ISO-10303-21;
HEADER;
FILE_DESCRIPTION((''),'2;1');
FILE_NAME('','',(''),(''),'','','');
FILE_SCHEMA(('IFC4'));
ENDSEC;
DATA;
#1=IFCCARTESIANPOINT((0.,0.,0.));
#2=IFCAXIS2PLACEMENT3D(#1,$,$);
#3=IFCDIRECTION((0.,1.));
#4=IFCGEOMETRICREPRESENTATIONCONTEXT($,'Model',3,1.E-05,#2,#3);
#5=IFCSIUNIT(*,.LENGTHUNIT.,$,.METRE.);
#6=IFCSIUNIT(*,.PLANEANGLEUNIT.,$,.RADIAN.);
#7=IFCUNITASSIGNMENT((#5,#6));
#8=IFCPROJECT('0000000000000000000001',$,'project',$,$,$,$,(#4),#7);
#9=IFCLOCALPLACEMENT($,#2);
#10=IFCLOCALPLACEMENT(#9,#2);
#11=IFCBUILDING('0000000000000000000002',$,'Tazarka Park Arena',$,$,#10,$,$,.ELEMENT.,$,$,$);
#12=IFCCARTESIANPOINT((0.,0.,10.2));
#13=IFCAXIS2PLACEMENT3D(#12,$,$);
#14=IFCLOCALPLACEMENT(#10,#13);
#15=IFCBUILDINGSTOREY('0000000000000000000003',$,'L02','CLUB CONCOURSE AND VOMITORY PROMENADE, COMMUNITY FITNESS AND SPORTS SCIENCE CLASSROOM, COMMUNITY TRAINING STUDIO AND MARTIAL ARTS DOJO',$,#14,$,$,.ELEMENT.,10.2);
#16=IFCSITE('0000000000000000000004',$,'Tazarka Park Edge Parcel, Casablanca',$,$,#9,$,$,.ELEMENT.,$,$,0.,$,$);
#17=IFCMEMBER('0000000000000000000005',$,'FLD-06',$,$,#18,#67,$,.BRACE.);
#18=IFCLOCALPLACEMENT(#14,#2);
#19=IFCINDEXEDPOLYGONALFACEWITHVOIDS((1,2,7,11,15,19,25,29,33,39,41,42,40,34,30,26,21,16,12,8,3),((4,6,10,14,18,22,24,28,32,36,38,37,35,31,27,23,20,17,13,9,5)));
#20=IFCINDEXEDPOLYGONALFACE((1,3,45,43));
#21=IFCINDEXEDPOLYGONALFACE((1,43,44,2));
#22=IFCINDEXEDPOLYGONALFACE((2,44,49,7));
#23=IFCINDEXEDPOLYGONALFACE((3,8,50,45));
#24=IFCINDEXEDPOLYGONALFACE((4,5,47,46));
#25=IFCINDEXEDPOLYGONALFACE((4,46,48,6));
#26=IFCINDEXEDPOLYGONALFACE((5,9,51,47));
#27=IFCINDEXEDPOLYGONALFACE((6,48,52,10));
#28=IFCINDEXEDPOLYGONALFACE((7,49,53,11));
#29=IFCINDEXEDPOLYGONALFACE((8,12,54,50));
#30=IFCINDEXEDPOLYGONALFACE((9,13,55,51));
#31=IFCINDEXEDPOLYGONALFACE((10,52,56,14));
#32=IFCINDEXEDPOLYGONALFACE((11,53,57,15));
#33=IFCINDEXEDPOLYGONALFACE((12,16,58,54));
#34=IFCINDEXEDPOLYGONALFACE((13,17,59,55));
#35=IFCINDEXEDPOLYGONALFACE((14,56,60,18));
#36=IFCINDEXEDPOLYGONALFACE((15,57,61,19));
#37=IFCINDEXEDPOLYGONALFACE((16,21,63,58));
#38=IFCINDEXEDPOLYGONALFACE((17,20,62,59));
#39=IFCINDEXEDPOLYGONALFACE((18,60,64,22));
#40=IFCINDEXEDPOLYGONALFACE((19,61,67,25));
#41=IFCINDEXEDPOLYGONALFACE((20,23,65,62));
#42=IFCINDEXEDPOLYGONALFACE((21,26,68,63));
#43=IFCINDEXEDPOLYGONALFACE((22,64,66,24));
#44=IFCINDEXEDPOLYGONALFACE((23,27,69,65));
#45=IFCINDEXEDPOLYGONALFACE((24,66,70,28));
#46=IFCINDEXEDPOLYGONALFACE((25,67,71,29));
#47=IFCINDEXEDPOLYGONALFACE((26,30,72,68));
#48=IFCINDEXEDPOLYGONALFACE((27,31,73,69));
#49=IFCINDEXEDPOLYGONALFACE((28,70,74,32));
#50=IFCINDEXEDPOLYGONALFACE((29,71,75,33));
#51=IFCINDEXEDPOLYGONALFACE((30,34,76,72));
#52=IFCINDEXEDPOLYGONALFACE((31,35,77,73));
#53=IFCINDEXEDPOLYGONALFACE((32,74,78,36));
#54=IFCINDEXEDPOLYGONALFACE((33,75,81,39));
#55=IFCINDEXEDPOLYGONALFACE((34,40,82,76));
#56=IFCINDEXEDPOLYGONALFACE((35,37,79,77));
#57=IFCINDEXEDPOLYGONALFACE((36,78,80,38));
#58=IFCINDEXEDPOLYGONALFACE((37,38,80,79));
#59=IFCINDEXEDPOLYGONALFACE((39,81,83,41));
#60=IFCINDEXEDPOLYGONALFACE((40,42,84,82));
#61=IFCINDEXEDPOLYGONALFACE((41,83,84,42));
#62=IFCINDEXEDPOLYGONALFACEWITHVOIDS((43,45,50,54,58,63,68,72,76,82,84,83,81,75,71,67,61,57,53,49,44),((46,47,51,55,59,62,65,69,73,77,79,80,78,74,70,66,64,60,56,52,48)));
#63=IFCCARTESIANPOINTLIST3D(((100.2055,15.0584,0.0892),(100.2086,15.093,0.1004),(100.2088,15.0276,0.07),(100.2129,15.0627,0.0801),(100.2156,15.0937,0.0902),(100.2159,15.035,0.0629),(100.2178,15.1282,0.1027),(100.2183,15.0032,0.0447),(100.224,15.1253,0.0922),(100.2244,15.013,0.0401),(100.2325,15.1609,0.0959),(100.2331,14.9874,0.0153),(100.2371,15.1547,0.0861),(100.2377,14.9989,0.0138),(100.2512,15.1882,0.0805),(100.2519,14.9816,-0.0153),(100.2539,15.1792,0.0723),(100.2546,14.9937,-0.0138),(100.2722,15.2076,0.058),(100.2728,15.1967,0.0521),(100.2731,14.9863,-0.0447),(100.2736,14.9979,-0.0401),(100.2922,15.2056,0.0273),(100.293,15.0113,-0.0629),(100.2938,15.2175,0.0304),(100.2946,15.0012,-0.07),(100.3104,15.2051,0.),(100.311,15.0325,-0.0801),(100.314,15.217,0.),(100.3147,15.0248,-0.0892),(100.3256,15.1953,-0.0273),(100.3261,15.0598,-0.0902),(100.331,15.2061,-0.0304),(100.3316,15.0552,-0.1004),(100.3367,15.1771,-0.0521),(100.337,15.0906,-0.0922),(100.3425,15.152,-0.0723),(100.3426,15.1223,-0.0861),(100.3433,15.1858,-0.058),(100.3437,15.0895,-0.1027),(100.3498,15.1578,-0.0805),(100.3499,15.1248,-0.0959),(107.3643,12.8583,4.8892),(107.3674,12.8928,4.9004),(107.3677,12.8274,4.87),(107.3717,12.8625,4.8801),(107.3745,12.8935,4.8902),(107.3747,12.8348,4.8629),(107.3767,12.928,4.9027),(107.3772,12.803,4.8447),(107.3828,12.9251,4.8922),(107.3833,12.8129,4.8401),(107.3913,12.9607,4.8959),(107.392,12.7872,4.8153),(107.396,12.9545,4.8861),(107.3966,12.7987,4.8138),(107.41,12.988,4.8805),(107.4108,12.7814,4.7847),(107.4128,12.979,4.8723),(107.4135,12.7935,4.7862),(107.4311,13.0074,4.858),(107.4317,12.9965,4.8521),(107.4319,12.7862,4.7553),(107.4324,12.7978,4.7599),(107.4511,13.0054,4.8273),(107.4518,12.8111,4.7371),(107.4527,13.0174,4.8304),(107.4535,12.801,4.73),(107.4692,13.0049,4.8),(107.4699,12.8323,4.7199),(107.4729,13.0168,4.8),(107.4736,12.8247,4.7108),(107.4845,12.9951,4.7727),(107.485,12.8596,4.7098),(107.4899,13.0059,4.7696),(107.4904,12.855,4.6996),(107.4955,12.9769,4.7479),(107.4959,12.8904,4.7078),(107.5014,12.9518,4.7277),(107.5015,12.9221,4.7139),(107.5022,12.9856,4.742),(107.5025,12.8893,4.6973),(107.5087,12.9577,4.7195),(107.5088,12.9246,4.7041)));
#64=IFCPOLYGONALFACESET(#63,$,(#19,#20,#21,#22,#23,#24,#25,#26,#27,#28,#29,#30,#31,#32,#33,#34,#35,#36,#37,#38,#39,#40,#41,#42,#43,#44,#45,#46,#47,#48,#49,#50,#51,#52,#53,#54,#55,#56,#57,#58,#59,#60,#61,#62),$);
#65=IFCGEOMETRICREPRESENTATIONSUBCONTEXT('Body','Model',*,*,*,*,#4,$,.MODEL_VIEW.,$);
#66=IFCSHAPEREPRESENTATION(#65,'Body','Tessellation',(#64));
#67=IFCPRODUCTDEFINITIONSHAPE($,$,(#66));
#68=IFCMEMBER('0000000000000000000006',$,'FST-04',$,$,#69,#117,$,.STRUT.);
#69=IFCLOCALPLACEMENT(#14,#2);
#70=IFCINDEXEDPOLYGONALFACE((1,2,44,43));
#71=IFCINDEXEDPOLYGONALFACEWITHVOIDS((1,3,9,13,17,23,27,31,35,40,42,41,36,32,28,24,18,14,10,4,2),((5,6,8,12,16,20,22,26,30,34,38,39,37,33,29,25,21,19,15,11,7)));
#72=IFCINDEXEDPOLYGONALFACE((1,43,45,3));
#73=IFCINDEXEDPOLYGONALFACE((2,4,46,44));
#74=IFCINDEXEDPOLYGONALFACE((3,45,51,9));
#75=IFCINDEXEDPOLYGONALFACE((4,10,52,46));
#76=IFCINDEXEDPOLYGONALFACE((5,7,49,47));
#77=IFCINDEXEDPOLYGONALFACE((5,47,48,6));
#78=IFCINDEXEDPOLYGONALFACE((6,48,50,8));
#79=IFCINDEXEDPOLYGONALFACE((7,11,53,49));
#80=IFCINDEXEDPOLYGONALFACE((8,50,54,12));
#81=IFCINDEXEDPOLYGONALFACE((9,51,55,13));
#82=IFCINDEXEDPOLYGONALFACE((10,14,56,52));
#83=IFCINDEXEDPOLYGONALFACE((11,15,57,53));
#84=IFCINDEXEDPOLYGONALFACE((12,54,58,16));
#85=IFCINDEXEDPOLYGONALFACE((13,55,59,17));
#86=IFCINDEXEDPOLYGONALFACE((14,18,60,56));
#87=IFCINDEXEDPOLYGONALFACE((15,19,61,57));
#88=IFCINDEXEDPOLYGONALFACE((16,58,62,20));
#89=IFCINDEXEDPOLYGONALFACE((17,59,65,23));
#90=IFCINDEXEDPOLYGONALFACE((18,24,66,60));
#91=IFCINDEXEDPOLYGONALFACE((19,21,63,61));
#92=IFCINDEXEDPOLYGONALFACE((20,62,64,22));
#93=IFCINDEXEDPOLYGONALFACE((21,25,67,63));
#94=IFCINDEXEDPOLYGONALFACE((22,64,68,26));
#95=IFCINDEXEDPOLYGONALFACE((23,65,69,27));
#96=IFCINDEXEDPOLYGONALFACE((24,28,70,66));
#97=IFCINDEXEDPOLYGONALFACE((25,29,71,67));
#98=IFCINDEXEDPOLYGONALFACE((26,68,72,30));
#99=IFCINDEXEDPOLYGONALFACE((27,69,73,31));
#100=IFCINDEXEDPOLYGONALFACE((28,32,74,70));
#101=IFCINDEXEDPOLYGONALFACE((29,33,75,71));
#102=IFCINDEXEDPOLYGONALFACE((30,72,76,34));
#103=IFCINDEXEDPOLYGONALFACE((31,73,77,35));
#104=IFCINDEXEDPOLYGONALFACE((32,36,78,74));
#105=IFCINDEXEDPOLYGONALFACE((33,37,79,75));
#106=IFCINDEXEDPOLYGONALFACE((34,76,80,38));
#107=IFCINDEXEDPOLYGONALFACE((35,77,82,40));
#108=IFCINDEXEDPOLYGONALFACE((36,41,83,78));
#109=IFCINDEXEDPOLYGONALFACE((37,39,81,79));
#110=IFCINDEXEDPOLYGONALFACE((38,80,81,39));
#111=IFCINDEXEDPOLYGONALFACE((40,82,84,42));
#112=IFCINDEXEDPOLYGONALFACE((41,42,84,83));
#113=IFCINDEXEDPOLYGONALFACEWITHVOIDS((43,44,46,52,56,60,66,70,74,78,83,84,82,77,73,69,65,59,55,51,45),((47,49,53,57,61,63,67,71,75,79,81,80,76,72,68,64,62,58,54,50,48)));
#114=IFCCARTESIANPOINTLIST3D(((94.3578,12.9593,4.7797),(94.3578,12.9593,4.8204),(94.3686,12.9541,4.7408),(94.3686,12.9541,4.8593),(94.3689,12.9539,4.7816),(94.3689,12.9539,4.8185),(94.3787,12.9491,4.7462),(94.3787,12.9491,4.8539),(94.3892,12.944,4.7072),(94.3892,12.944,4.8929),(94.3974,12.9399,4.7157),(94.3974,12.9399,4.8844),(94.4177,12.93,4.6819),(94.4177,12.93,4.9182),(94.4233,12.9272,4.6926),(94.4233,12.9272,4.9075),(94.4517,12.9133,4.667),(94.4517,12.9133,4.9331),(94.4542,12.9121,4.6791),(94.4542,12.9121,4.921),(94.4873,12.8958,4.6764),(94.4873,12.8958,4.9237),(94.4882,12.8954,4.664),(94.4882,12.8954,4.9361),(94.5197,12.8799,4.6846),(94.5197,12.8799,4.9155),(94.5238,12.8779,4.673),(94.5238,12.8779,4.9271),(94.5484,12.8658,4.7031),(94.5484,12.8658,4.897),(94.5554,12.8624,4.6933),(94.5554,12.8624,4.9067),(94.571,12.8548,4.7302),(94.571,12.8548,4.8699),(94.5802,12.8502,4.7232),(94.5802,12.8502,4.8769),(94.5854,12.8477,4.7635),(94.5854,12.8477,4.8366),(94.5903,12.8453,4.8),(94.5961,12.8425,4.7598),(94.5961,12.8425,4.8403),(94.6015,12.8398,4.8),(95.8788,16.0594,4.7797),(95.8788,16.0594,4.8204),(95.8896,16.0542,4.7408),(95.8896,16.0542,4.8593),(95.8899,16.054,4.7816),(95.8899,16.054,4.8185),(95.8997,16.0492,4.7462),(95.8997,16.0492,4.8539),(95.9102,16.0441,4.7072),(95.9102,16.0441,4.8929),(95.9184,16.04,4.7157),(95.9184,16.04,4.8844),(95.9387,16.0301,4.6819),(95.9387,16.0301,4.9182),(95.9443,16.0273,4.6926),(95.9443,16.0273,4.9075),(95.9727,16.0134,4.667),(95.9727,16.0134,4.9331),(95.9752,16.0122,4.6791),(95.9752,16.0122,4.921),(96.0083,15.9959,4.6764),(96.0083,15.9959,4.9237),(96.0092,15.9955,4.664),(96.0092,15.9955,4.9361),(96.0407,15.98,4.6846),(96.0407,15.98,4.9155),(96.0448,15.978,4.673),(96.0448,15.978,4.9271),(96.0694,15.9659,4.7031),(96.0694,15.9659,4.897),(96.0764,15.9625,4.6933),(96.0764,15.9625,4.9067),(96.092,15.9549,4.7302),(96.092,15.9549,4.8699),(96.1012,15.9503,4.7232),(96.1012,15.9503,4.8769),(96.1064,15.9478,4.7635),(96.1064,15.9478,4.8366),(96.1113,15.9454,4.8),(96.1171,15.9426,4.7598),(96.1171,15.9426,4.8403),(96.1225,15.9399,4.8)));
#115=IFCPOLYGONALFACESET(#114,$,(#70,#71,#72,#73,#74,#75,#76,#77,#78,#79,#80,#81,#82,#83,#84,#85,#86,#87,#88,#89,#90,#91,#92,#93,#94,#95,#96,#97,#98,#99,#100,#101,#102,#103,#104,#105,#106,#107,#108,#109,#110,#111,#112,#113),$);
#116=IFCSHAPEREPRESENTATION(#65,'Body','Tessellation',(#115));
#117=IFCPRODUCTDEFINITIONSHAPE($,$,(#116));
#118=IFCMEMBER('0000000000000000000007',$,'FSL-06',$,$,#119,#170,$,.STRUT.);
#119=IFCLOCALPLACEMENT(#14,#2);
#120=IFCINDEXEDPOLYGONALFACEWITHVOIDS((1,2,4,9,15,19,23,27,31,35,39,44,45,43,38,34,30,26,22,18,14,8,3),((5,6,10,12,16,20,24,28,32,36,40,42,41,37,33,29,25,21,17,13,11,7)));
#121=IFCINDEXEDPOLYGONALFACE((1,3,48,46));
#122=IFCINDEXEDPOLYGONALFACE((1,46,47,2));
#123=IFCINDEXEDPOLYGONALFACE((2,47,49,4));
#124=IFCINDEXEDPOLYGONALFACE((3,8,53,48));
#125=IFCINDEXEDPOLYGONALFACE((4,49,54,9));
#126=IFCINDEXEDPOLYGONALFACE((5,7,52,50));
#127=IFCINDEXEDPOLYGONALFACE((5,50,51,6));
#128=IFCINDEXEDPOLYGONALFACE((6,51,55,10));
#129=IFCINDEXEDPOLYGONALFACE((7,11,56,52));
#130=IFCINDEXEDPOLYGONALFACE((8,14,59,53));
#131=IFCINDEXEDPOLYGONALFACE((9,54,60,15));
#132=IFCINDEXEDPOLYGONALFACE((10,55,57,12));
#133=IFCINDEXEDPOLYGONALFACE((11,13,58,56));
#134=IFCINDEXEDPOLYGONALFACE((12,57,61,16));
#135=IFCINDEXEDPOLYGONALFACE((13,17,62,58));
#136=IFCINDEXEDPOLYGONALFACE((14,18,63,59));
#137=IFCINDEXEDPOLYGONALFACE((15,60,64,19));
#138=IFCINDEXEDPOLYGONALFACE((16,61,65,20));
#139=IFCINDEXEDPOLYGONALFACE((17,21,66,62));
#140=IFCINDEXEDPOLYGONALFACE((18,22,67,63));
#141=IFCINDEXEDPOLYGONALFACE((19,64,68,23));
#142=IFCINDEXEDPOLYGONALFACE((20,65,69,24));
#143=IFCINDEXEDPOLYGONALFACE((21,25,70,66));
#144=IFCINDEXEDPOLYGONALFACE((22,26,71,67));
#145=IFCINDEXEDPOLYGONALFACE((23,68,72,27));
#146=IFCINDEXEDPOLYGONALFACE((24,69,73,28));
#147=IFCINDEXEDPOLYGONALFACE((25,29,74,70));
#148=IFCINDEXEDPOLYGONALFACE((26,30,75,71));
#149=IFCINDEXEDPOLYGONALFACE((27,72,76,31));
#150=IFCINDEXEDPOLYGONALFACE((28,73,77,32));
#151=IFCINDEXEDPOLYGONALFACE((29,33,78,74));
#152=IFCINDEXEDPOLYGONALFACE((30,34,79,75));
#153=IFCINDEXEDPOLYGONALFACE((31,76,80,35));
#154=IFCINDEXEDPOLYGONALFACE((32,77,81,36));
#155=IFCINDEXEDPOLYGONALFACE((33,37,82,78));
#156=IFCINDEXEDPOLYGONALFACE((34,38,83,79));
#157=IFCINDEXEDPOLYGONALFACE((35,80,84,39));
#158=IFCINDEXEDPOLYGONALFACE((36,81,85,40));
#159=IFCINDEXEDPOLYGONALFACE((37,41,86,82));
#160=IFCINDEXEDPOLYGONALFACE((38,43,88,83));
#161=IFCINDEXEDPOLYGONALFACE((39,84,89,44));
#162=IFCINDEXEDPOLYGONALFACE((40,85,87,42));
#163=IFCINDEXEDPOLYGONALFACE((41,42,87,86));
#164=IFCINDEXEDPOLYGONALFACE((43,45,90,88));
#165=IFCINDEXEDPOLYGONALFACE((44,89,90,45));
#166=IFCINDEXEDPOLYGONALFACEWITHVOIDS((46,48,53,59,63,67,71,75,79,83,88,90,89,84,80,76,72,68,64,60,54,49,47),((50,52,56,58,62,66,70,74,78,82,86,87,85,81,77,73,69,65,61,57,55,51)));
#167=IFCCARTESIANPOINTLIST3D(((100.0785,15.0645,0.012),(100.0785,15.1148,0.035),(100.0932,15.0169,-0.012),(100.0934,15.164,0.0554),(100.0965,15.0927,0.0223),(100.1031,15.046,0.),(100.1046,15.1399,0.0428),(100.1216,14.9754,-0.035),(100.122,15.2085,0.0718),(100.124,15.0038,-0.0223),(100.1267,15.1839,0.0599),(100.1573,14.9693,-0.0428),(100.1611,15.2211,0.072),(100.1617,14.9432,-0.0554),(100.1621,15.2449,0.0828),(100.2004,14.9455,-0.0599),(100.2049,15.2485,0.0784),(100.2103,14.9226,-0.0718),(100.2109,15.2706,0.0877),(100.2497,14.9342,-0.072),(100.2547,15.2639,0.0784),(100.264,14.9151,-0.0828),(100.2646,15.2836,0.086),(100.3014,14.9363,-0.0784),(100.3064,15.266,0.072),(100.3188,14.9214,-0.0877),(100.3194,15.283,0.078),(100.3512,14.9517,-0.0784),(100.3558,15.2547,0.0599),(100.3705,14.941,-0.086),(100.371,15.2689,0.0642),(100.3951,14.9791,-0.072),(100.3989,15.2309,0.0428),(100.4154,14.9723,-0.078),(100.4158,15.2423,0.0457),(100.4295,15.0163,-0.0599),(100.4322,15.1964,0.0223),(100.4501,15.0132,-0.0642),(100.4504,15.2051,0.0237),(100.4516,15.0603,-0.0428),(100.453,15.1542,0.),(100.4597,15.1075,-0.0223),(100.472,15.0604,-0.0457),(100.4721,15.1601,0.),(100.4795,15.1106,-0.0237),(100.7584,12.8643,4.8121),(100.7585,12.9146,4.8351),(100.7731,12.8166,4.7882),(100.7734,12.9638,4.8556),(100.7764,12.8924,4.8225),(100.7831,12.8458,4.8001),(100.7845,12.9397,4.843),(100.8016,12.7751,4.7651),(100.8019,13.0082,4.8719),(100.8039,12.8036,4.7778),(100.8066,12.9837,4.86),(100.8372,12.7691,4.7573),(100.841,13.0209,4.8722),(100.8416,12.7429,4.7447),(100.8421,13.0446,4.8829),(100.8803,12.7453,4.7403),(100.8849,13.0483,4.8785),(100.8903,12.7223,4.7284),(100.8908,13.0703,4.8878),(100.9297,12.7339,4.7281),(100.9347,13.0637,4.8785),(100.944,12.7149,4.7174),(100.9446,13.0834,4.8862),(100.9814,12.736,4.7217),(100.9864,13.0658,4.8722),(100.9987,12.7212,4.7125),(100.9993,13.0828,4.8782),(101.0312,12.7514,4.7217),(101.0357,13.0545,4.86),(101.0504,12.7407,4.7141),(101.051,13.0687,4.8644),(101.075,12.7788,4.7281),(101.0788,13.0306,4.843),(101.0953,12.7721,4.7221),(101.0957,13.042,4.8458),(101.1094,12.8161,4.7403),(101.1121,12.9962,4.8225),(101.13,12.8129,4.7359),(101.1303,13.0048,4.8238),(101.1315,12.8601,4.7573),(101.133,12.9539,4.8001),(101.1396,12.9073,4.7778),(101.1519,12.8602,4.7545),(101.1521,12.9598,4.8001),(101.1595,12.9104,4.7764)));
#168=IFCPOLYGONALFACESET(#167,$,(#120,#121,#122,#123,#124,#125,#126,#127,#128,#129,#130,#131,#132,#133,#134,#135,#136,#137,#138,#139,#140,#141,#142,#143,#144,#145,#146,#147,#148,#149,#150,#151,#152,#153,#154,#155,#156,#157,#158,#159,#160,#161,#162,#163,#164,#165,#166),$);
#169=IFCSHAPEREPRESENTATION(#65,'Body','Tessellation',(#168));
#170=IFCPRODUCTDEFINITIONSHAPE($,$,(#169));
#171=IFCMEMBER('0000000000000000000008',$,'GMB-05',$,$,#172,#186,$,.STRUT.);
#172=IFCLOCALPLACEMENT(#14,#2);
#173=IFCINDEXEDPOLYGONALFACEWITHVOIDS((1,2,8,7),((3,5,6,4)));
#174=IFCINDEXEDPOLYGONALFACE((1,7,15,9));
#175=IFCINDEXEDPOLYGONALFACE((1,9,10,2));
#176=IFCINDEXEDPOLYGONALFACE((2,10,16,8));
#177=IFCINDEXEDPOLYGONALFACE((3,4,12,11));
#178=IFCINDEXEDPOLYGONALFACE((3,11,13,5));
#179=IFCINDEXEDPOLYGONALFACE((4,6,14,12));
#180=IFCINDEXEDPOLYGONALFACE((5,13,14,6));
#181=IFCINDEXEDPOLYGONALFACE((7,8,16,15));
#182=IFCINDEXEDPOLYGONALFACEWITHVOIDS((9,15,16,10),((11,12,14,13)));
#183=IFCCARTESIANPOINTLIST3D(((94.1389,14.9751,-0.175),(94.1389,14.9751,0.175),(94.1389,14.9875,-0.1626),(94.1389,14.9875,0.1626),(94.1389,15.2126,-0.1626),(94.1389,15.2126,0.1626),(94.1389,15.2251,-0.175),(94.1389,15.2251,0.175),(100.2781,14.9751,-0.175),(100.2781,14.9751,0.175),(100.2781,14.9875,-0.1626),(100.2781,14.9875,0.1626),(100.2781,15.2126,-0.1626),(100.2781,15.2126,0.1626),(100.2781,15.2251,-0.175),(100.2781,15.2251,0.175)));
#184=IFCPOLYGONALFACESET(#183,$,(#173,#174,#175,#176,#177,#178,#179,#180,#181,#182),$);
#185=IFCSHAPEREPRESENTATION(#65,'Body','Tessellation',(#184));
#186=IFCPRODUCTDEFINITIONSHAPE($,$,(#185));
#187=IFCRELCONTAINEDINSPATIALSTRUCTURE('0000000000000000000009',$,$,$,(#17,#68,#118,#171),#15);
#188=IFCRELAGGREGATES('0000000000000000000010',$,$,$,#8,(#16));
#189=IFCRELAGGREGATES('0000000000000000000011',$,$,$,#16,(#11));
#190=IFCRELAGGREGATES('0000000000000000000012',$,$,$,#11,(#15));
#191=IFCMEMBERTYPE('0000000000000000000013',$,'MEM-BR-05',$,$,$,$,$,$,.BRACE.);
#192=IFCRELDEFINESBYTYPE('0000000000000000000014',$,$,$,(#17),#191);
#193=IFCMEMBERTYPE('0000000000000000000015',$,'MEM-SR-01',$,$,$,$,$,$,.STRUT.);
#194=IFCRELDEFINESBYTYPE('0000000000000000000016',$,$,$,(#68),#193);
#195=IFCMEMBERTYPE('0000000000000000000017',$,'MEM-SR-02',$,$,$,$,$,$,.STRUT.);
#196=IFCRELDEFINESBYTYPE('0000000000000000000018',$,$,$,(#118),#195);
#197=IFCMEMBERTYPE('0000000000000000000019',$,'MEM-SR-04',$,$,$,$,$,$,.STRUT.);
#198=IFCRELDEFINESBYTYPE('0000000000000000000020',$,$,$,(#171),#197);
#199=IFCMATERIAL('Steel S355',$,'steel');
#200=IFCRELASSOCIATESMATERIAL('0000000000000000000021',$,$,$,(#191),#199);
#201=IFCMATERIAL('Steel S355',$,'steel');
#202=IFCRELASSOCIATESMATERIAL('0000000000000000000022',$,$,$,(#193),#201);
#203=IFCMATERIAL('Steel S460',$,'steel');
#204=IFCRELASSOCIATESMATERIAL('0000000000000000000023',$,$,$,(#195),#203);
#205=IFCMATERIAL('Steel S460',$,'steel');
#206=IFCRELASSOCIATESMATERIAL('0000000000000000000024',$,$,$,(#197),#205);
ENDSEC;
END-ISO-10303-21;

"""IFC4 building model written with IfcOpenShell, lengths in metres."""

from ifc_helpers import new_model, si_unit, direction, frame, origin, origin_2d, place, context, subcontext, project, spatial, hollow_rectangle, hollow_circle, extrude, material, material_profile, profile_set, type_object, element, save


model = new_model("IFC4")

# Units and contexts
model_context = context("Model", 3, precision=1e-05, world=origin(), true_north=direction((0.0, 1.0)))
body_context = subcontext(model_context, "Body", "Model", "MODEL_VIEW")
ifc_project = project(units=[si_unit("LENGTHUNIT", "METRE"), si_unit("PLANEANGLEUNIT", "RADIAN")], contexts=[model_context])

# Site, building, storey
site_placement = place(None, origin())
site = spatial("IfcSite", under=ifc_project, at=site_placement, Name="Tazarka Park Edge Parcel, Casablanca", CompositionType="ELEMENT", RefElevation=0.0)
building_placement = place(site_placement, origin())
building = spatial("IfcBuilding", under=site, at=building_placement, Name="Tazarka Park Arena", CompositionType="ELEMENT")
storey_placement = place(building_placement, frame((0.0, 0.0, 10.2)))
storey = spatial("IfcBuildingStorey", under=building, at=storey_placement, Name="L02", Description="CLUB CONCOURSE AND VOMITORY PROMENADE, COMMUNITY FITNESS AND SPORTS SCIENCE CLASSROOM, COMMUNITY TRAINING STUDIO AND MARTIAL ARTS DOJO", CompositionType="ELEMENT", Elevation=10.2)

# Members
ifc_material_1 = material(Name="Steel S355", Category="steel")
ifc_material_profile_1 = material_profile(ifc_material_1, hollow_circle(Radius=0.1223, WallThickness=0.0125, at=origin_2d()), Name="Steel S355")
ifc_profile_set_1 = profile_set([ifc_material_profile_1], Name="Steel S355")
member_type_1 = type_object("IfcMemberType", Name="MEM-BR-05", PredefinedType="BRACE", material=ifc_profile_set_1)
member_1_placement = place(storey_placement, frame((100.2781, 15.1001, 0.0), z_axis=(0.804773, -0.247335, 0.539598), x_axis=(0.293774, 0.955875, 0.0)))
element("IfcMember", 1, at=member_1_placement, inside=storey, type_object=member_type_1, Name="FLD-06", PredefinedType="BRACE", context=body_context, shape_type="SweptSolid", body=[
    extrude(hollow_circle(Radius=0.1223, WallThickness=0.0125, at=origin_2d()), origin(), (0.0, 0.0, 1.0), 8.8955),
])
ifc_material_2 = material(Name="Steel S355", Category="steel")
ifc_material_profile_2 = material_profile(ifc_material_2, hollow_circle(Radius=0.1365, WallThickness=0.0125, at=origin_2d()), Name="Steel S355")
ifc_profile_set_2 = profile_set([ifc_material_profile_2], Name="Steel S355")
member_type_2 = type_object("IfcMemberType", Name="MEM-SR-01", PredefinedType="STRUT", material=ifc_profile_set_2)
member_2_placement = place(storey_placement, frame((96.0, 16.0, 4.8), z_axis=(-0.44047, -0.897767, 0.0), x_axis=(0.897767, -0.44047, 0.0)))
element("IfcMember", 2, at=member_2_placement, inside=storey, type_object=member_type_2, Name="FST-04", PredefinedType="STRUT", context=body_context, shape_type="SweptSolid", body=[
    extrude(hollow_circle(Radius=0.1365, WallThickness=0.0125, at=origin_2d()), origin(), (0.0, 0.0, 1.0), 3.4531),
])
ifc_material_3 = material(Name="Steel S460", Category="steel")
ifc_material_profile_3 = material_profile(ifc_material_3, hollow_circle(Radius=0.2031, WallThickness=0.02, at=origin_2d()), Name="Steel S460")
ifc_profile_set_3 = profile_set([ifc_material_profile_3], Name="Steel S460")
member_type_3 = type_object("IfcMemberType", Name="MEM-SR-02", PredefinedType="STRUT", material=ifc_profile_set_3)
member_3_placement = place(storey_placement, frame((100.2781, 15.1001, 0.0), z_axis=(0.127714, -0.41327, 0.901608), x_axis=(0.955418, 0.295255, 0.0)))
element("IfcMember", 3, at=member_3_placement, inside=storey, type_object=member_type_3, Name="FSL-06", PredefinedType="STRUT", context=body_context, shape_type="SweptSolid", body=[
    extrude(hollow_circle(Radius=0.2031, WallThickness=0.02, at=origin_2d()), origin(), (0.0, 0.0, 1.0), 5.324),
])
ifc_material_4 = material(Name="Steel S460", Category="steel")
ifc_material_profile_4 = material_profile(ifc_material_4, hollow_rectangle(XDim=0.25, YDim=0.3501, WallThickness=0.0125, at=origin_2d()), Name="Steel S460")
ifc_profile_set_4 = profile_set([ifc_material_profile_4], Name="Steel S460")
member_type_4 = type_object("IfcMemberType", Name="MEM-SR-04", PredefinedType="STRUT", material=ifc_profile_set_4)
for number, where, z_axis, x_axis, name in (
    (4, (94.1389, 15.1001, 0.0), (1.0, 0.0, 0.0), (0.0, 1.0, 0.0), "GMB-05"),
):
    element("IfcMember", number, at=place(storey_placement, frame(where, z_axis=z_axis, x_axis=x_axis)), inside=storey, type_object=member_type_4, Name=name, PredefinedType="STRUT", context=body_context, shape_type="SweptSolid", body=[
        extrude(hollow_rectangle(XDim=0.25, YDim=0.3501, WallThickness=0.0125, at=origin_2d()), origin(), (0.0, 0.0, 1.0), 6.1392),
    ])

save(model, "model.ifc")
